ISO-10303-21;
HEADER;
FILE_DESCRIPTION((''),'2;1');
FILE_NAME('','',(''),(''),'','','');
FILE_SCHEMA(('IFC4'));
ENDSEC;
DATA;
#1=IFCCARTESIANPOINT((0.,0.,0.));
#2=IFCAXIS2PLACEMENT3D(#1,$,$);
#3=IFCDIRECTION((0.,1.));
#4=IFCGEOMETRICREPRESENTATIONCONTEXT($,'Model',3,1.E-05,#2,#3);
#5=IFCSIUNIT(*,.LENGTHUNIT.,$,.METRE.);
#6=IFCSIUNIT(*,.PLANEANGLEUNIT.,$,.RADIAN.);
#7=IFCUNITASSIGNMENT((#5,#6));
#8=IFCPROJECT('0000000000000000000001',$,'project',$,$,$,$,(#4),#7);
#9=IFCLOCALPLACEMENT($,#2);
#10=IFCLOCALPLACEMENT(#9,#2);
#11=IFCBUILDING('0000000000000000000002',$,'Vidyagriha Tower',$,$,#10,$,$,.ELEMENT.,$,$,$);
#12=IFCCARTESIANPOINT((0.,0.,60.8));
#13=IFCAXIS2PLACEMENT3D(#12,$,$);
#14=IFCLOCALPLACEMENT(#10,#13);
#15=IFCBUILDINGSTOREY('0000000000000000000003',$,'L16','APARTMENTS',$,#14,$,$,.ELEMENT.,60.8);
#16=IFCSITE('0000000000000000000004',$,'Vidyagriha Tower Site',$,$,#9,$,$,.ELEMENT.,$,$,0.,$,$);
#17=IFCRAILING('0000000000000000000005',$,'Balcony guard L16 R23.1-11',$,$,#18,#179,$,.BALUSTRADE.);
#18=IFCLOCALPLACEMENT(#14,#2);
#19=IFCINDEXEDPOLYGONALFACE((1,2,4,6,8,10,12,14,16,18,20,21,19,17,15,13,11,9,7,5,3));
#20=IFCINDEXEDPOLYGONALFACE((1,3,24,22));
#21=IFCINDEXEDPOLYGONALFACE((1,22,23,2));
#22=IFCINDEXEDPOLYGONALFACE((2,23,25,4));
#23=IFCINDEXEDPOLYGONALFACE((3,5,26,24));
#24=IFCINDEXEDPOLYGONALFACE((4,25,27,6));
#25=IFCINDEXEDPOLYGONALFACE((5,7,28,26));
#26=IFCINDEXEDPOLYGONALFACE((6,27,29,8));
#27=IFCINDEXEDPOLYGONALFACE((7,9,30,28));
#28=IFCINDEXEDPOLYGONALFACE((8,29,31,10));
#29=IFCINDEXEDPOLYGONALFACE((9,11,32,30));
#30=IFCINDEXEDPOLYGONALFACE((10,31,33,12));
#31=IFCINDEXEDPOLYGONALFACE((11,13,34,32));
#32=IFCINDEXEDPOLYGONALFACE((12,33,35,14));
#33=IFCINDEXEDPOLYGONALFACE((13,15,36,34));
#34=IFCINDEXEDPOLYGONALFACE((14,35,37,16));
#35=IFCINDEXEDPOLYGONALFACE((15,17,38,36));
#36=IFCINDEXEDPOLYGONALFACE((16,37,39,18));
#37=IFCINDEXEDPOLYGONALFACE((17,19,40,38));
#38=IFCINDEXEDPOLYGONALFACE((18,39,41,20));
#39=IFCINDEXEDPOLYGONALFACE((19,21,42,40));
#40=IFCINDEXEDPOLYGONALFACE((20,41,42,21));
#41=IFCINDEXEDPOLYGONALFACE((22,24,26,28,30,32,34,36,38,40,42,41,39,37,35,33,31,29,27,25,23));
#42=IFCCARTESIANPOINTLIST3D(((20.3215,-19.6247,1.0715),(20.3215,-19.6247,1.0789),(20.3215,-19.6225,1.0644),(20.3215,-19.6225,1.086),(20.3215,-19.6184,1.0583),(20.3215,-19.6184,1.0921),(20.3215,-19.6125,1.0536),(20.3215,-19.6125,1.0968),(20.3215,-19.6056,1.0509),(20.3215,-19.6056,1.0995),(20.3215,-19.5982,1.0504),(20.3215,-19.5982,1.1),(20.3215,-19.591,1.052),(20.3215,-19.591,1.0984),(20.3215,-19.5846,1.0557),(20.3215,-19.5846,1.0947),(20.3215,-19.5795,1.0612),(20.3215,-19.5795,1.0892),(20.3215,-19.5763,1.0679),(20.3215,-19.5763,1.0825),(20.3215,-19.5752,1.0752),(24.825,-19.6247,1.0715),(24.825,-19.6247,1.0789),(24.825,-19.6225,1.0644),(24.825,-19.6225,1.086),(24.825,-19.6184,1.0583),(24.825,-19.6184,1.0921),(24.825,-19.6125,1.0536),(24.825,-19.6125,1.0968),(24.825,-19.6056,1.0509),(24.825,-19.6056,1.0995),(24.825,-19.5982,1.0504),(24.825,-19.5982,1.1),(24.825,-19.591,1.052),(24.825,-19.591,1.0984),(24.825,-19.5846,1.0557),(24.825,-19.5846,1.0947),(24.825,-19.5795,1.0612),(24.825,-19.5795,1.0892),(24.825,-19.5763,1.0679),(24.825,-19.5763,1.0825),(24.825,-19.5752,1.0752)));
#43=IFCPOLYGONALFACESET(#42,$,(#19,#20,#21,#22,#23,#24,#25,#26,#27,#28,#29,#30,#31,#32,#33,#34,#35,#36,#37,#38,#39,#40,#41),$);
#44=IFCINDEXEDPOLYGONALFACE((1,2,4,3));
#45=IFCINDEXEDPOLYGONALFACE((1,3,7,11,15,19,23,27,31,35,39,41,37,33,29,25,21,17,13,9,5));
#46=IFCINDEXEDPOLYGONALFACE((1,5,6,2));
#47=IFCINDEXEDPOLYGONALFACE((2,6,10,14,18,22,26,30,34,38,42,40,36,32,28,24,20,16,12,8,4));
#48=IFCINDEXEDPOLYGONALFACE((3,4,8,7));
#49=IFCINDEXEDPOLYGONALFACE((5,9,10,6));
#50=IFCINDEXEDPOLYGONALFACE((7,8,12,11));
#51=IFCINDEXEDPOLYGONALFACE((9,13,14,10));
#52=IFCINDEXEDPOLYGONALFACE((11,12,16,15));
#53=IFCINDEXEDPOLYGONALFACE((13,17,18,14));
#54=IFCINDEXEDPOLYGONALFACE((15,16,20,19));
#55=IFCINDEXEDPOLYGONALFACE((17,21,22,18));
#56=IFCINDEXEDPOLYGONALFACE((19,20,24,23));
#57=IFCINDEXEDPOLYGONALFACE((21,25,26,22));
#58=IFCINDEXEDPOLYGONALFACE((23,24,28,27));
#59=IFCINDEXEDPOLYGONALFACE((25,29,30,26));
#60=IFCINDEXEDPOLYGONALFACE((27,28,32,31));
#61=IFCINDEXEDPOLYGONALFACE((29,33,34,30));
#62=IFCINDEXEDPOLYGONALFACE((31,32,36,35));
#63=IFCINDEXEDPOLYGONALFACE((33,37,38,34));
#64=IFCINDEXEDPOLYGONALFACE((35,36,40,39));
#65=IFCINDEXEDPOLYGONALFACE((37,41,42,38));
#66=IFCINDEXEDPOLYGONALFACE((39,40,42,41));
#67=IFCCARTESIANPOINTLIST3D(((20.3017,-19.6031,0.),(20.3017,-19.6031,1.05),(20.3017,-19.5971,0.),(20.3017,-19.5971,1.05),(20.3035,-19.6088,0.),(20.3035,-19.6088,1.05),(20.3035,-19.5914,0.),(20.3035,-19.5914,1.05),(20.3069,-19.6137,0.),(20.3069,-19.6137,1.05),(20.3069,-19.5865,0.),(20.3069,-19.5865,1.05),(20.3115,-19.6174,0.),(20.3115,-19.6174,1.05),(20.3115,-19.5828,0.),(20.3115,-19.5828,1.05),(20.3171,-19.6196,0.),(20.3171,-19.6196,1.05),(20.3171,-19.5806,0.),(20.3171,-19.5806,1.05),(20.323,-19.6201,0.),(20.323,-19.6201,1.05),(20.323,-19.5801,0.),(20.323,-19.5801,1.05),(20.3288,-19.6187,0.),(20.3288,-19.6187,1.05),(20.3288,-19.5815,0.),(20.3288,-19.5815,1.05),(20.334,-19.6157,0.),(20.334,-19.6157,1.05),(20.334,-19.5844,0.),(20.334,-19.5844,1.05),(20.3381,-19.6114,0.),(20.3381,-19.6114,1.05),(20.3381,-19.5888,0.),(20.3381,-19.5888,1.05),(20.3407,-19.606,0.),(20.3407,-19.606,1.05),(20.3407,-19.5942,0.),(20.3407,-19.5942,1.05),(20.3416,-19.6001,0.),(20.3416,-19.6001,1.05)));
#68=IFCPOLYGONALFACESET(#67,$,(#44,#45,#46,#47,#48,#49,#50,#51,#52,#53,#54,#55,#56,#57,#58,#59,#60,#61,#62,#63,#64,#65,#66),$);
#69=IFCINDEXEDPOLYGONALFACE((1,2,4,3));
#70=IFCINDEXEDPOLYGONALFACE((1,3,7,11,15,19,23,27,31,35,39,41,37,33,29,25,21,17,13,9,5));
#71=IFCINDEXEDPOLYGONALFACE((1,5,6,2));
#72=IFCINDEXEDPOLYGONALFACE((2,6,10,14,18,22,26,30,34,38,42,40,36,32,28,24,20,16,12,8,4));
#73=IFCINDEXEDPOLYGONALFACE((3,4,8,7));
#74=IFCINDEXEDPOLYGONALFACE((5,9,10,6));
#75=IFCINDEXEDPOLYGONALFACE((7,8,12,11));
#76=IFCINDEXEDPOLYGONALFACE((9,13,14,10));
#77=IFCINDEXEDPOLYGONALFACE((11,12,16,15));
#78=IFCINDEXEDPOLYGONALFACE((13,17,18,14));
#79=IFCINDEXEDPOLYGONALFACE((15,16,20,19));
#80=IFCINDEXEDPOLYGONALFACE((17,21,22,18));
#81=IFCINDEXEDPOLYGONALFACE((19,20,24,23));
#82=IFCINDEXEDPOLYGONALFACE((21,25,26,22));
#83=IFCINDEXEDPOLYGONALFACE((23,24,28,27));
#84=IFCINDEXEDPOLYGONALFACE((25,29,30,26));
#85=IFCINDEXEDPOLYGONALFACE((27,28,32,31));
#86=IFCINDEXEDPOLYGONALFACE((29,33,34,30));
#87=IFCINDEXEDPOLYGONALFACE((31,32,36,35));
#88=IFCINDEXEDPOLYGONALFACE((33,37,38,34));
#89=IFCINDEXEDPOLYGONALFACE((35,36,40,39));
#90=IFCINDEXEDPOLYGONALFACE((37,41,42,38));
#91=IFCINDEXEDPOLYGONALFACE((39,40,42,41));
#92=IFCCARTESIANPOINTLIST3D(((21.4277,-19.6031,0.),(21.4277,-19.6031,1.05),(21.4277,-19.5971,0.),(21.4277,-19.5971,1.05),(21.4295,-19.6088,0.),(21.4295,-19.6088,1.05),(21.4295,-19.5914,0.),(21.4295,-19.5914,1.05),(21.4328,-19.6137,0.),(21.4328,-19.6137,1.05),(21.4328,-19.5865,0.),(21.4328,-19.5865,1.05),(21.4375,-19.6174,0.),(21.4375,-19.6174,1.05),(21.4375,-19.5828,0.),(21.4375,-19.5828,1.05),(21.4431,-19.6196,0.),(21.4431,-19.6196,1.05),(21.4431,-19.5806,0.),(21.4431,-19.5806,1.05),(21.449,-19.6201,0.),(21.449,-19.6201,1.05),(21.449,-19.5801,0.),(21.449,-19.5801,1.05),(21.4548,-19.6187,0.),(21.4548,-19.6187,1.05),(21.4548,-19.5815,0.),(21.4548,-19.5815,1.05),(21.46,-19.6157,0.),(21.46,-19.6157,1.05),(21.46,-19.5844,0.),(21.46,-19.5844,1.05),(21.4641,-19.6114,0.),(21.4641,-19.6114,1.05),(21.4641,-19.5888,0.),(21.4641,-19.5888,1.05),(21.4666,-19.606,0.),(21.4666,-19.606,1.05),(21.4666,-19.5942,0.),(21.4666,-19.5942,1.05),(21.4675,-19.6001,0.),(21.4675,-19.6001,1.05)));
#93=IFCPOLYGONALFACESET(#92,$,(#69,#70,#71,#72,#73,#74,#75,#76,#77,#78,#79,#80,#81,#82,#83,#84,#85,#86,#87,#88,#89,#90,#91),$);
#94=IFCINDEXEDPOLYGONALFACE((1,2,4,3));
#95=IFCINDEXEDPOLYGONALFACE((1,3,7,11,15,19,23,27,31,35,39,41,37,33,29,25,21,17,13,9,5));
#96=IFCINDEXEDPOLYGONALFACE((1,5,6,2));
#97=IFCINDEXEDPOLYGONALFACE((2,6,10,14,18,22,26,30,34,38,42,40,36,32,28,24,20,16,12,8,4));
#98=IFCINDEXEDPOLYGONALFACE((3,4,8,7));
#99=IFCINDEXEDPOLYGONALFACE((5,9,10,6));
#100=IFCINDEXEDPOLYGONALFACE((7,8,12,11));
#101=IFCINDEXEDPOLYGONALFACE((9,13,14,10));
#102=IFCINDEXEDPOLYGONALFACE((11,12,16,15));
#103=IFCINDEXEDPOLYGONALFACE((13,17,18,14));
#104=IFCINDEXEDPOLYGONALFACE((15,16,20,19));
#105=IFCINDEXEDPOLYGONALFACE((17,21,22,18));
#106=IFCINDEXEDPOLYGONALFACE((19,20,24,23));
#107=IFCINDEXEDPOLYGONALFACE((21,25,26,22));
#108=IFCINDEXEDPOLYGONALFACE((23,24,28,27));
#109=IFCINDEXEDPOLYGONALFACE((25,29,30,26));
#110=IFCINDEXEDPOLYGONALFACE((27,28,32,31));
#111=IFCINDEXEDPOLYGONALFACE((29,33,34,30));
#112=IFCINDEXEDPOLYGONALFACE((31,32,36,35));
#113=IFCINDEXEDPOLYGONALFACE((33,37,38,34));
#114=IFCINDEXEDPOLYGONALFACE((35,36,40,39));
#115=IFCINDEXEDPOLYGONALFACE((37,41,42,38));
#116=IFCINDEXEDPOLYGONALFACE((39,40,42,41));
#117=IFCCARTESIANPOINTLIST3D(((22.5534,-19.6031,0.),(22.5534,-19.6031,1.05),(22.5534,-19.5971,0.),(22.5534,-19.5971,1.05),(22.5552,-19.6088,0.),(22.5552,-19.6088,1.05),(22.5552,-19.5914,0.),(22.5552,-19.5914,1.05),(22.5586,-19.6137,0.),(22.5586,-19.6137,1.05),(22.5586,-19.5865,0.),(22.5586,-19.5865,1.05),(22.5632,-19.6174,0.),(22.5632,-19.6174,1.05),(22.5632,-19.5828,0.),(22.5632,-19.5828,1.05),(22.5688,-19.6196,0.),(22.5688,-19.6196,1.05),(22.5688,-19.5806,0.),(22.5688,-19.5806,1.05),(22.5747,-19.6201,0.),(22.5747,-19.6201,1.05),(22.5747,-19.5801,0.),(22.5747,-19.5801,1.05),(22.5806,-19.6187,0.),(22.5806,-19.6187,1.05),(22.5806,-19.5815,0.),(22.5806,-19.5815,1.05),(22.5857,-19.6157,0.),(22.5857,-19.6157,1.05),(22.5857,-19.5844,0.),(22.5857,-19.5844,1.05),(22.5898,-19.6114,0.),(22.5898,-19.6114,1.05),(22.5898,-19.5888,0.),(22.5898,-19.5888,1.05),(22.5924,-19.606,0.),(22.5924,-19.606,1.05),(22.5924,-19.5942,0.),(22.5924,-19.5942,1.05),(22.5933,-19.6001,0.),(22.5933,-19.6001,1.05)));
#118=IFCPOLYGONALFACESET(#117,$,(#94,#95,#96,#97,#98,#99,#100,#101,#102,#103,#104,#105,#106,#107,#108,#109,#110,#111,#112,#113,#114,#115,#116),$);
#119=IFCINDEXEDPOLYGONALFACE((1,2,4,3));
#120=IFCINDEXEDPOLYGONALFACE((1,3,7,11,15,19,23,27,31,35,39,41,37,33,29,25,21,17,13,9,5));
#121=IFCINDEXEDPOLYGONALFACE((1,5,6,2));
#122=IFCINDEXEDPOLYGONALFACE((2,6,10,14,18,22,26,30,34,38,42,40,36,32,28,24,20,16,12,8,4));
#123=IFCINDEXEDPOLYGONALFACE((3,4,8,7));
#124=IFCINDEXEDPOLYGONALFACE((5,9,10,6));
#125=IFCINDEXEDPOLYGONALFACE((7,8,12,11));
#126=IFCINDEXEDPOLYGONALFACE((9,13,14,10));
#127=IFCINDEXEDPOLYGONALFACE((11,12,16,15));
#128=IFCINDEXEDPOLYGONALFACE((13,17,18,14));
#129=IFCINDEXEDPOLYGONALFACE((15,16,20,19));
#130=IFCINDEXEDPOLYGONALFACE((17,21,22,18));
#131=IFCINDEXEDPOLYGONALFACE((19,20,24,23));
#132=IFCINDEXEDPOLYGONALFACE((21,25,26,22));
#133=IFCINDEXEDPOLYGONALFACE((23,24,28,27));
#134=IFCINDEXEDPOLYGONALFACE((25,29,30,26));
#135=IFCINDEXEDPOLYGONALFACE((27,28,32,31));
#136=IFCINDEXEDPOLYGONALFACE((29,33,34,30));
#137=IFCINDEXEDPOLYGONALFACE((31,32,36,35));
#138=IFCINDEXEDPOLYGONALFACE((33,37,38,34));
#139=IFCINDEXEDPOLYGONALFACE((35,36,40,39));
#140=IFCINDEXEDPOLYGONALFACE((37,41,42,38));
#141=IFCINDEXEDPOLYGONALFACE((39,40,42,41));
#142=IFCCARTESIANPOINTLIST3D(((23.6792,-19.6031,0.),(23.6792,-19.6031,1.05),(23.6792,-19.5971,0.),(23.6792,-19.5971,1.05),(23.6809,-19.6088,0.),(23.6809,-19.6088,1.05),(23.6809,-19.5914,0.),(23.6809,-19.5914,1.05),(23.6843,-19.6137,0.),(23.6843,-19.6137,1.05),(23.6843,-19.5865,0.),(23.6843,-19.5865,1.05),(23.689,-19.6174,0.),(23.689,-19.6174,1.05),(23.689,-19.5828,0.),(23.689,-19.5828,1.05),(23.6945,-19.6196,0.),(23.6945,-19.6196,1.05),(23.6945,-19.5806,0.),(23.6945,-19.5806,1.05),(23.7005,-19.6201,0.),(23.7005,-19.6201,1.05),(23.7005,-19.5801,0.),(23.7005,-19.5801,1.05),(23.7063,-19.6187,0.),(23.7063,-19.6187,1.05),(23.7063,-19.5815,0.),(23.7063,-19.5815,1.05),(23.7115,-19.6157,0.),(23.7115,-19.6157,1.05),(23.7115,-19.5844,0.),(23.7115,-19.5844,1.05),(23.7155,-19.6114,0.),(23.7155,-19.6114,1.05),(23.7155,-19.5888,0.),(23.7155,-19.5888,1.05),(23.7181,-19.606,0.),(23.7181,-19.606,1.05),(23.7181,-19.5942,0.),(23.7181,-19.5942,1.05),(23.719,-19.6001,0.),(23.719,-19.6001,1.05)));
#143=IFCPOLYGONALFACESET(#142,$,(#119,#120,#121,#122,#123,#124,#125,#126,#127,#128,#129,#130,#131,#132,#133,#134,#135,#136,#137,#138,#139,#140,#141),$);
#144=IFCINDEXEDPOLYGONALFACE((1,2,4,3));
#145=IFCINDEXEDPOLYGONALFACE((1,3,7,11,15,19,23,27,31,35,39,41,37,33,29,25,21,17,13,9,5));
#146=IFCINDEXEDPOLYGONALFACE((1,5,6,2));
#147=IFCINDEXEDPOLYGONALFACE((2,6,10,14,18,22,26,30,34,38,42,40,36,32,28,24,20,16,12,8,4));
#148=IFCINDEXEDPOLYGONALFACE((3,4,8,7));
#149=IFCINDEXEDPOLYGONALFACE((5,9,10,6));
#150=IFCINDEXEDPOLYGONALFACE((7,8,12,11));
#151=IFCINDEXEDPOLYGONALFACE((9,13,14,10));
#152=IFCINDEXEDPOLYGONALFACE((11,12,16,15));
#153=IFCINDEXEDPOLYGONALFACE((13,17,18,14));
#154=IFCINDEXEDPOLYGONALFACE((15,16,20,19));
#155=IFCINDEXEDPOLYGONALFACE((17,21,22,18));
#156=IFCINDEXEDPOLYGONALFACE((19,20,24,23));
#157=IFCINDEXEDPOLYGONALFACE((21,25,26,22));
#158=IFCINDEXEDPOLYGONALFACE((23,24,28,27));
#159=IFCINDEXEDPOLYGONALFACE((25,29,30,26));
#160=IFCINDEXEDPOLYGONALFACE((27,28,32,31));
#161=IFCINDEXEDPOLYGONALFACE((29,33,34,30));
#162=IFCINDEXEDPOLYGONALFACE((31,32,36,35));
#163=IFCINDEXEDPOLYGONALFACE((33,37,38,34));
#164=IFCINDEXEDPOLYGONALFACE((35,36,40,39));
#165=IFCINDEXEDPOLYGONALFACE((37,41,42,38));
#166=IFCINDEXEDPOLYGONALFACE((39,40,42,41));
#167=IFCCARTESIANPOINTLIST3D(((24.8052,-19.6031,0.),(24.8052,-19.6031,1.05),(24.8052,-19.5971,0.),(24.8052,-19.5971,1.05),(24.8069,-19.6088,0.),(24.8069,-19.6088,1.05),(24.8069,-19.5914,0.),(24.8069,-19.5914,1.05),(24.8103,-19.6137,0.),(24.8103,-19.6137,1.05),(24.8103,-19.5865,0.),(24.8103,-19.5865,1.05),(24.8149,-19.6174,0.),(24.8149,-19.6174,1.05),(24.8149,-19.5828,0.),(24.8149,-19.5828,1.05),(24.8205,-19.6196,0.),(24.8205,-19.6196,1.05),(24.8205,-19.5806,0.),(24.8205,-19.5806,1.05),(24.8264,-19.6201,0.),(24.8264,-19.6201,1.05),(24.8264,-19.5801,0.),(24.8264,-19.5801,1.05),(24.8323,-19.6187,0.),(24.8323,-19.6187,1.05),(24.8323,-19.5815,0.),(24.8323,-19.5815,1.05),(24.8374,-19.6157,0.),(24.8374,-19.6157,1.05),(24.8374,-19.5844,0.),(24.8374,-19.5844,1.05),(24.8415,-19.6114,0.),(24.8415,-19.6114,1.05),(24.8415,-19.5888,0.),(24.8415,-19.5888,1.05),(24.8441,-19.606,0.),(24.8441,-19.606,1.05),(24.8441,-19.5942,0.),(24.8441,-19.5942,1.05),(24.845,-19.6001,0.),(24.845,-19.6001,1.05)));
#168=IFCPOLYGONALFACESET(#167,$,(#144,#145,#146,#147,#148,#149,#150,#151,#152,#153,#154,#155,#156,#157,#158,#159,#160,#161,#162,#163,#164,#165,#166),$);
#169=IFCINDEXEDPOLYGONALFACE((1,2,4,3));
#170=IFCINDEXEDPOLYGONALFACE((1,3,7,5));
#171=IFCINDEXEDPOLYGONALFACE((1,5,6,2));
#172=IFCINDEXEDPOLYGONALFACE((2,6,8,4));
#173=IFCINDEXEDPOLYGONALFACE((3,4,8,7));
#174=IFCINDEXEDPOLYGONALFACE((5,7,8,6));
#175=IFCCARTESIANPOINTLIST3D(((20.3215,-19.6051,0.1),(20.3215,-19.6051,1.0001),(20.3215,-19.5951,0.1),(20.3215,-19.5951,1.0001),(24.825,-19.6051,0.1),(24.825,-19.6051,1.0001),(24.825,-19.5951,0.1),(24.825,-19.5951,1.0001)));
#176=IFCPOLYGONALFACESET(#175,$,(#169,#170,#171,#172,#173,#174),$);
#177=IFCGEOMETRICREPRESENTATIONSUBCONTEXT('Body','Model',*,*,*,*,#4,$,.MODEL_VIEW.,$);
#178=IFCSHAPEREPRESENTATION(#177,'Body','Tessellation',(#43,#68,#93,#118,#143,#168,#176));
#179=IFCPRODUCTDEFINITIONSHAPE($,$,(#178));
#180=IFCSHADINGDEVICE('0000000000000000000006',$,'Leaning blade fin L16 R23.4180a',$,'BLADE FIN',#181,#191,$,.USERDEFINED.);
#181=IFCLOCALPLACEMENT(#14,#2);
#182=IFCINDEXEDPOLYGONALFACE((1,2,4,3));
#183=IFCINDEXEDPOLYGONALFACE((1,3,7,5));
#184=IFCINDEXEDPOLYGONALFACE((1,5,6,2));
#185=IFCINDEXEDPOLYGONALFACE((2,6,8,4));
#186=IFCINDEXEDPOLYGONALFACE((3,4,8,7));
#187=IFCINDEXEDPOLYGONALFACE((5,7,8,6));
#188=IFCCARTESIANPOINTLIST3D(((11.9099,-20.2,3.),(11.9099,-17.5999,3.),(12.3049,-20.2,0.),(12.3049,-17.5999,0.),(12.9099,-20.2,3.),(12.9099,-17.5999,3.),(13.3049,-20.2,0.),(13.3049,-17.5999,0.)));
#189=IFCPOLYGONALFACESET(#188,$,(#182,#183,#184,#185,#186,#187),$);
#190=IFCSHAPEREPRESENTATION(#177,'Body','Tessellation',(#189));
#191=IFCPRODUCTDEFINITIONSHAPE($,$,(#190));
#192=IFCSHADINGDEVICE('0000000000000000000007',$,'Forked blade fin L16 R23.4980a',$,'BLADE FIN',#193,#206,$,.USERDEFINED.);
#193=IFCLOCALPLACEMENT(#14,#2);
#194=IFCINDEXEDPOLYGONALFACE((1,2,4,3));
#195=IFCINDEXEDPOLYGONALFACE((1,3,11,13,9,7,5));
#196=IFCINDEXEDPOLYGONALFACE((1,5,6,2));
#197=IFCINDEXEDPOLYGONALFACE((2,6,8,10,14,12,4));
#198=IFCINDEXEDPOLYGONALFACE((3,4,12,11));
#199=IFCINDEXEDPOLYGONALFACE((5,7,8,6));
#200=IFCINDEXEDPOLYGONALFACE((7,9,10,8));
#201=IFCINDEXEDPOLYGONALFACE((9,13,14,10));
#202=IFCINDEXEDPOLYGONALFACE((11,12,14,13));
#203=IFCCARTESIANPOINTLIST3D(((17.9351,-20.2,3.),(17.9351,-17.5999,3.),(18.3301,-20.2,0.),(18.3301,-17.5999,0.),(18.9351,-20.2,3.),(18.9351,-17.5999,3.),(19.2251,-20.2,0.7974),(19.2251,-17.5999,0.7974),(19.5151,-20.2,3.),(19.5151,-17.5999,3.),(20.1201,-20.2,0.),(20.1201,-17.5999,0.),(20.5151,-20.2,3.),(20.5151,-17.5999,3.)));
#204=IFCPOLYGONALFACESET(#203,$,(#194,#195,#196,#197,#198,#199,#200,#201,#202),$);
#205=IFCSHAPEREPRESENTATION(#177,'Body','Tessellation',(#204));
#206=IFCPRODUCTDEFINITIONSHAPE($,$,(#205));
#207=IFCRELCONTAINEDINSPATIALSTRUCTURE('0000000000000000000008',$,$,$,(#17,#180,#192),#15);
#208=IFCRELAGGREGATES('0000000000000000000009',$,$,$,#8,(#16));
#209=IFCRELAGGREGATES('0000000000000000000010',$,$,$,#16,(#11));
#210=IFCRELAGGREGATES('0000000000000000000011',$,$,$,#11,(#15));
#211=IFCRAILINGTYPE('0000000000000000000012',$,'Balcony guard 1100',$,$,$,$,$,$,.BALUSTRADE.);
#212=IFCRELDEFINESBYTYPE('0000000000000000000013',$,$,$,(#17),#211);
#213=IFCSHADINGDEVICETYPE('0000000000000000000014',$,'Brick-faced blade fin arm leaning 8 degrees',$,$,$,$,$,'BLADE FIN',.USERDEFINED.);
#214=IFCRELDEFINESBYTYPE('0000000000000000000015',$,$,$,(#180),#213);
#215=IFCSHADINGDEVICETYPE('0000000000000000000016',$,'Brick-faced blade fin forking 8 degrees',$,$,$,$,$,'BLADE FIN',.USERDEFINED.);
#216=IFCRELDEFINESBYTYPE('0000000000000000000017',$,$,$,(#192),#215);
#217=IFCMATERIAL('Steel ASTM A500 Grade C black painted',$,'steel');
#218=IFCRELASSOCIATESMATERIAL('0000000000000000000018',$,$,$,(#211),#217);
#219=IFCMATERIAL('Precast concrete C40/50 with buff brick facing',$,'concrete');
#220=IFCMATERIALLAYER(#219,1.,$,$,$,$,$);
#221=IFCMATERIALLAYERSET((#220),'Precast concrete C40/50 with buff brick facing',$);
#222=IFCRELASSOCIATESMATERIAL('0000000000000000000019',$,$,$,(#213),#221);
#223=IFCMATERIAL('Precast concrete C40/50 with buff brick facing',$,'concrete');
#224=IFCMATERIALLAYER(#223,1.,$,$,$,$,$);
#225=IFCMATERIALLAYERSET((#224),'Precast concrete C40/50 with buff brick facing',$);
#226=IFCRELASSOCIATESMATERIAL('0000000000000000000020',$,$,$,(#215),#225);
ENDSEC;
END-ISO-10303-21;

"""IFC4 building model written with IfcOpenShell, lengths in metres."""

from ifc_helpers import new_model, si_unit, direction, frame, origin, origin_2d, place, context, subcontext, project, spatial, polyline, rectangle, circle, outline, extrude, material, layer, layer_set, type_object, element, save


model = new_model("IFC4")

# Units and contexts
model_context = context("Model", 3, precision=1e-05, world=origin(), true_north=direction((0.0, 1.0)))
body_context = subcontext(model_context, "Body", "Model", "MODEL_VIEW")
ifc_project = project(units=[si_unit("LENGTHUNIT", "METRE"), si_unit("PLANEANGLEUNIT", "RADIAN")], contexts=[model_context])

# Site, building, storey
site_placement = place(None, origin())
site = spatial("IfcSite", under=ifc_project, at=site_placement, Name="Vidyagriha Tower Site", CompositionType="ELEMENT", RefElevation=0.0)
building_placement = place(site_placement, origin())
building = spatial("IfcBuilding", under=site, at=building_placement, Name="Vidyagriha Tower", CompositionType="ELEMENT")
storey_placement = place(building_placement, frame((0.0, 0.0, 60.8)))
storey = spatial("IfcBuildingStorey", under=building, at=storey_placement, Name="L16", Description="APARTMENTS", CompositionType="ELEMENT", Elevation=60.8)

# Railing
ifc_material_1 = material(Name="Steel ASTM A500 Grade C black painted", Category="steel")
railing_type = type_object("IfcRailingType", Name="Balcony guard 1100", PredefinedType="BALUSTRADE", material=ifc_material_1)
railing_1_placement = place(storey_placement, frame((20.3215, -19.6001, 0.0)))
element("IfcRailing", 1, at=railing_1_placement, inside=storey, type_object=railing_type, Name="Balcony guard L16 R23.1-11", PredefinedType="BALUSTRADE", context=body_context, shape_type="SweptSolid", body=[
    extrude(circle(Radius=0.0249, at=origin_2d()), frame((0.0, 0.0, 1.0752), z_axis=(1.0, 0.0, 0.0), x_axis=(0.0, 1.0, 0.0)), (0.0, 0.0, 1.0), 4.5034),
    extrude(circle(Radius=0.02, at=origin_2d()), origin(), (0.0, 0.0, 1.0), 1.05),
    extrude(circle(Radius=0.02, at=origin_2d()), frame((1.126, 0.0, 0.0)), (0.0, 0.0, 1.0), 1.05),
    extrude(circle(Radius=0.02, at=origin_2d()), frame((2.2517, 0.0, 0.0)), (0.0, 0.0, 1.0), 1.05),
    extrude(circle(Radius=0.02, at=origin_2d()), frame((3.3774, 0.0, 0.0)), (0.0, 0.0, 1.0), 1.05),
    extrude(circle(Radius=0.02, at=origin_2d()), frame((4.5034, 0.0, 0.0)), (0.0, 0.0, 1.0), 1.05),
    extrude(rectangle(XDim=0.01, YDim=0.9001, at=origin_2d()), frame((0.0, 0.0, 0.55), z_axis=(1.0, 0.0, 0.0), x_axis=(0.0, 1.0, 0.0)), (0.0, 0.0, 1.0), 4.5034),
])

# Shading devices
ifc_material_2 = material(Name="Precast concrete C40/50 with buff brick facing", Category="concrete")
ifc_layer_1 = layer(ifc_material_2, 1.0)
ifc_layer_set_1 = layer_set([ifc_layer_1], Name="Precast concrete C40/50 with buff brick facing")
shading_device_type_1 = type_object("IfcShadingDeviceType", Name="Brick-faced blade fin arm leaning 8 degrees", ElementType="BLADE FIN", PredefinedType="USERDEFINED", material=ifc_layer_set_1)
shading_device_1_placement = place(storey_placement, frame((11.9099, -18.8999, 0.0)))
element("IfcShadingDevice", 2, at=shading_device_1_placement, inside=storey, type_object=shading_device_type_1, Name="Leaning blade fin L16 R23.4180a", ObjectType="BLADE FIN", PredefinedType="USERDEFINED", context=body_context, shape_type="SweptSolid", body=[
    extrude(outline(polyline([(0.395, 0.0), (1.395, 0.0), (1.0, 3.0), (0.0, 3.0), (0.395, 0.0)])), frame((0.0, 1.3, 0.0), z_axis=(0.0, -1.0, 0.0), x_axis=(1.0, 0.0, 0.0)), (0.0, 0.0, 1.0), 2.6001),
])
ifc_material_3 = material(Name="Precast concrete C40/50 with buff brick facing", Category="concrete")
ifc_layer_2 = layer(ifc_material_3, 1.0)
ifc_layer_set_2 = layer_set([ifc_layer_2], Name="Precast concrete C40/50 with buff brick facing")
shading_device_type_2 = type_object("IfcShadingDeviceType", Name="Brick-faced blade fin forking 8 degrees", ElementType="BLADE FIN", PredefinedType="USERDEFINED", material=ifc_layer_set_2)
shading_device_2_placement = place(storey_placement, frame((17.9351, -18.8999, 0.0)))
element("IfcShadingDevice", 3, at=shading_device_2_placement, inside=storey, type_object=shading_device_type_2, Name="Forked blade fin L16 R23.4980a", ObjectType="BLADE FIN", PredefinedType="USERDEFINED", context=body_context, shape_type="SweptSolid", body=[
    extrude(outline(polyline([(0.395, 0.0), (2.1851, 0.0), (2.5801, 3.0), (1.5801, 3.0), (1.29, 0.7974), (1.0, 3.0), (0.0, 3.0), (0.395, 0.0)])), frame((0.0, 1.3, 0.0), z_axis=(0.0, -1.0, 0.0), x_axis=(1.0, 0.0, 0.0)), (0.0, 0.0, 1.0), 2.6001),
])

save(model, "model.ifc")
